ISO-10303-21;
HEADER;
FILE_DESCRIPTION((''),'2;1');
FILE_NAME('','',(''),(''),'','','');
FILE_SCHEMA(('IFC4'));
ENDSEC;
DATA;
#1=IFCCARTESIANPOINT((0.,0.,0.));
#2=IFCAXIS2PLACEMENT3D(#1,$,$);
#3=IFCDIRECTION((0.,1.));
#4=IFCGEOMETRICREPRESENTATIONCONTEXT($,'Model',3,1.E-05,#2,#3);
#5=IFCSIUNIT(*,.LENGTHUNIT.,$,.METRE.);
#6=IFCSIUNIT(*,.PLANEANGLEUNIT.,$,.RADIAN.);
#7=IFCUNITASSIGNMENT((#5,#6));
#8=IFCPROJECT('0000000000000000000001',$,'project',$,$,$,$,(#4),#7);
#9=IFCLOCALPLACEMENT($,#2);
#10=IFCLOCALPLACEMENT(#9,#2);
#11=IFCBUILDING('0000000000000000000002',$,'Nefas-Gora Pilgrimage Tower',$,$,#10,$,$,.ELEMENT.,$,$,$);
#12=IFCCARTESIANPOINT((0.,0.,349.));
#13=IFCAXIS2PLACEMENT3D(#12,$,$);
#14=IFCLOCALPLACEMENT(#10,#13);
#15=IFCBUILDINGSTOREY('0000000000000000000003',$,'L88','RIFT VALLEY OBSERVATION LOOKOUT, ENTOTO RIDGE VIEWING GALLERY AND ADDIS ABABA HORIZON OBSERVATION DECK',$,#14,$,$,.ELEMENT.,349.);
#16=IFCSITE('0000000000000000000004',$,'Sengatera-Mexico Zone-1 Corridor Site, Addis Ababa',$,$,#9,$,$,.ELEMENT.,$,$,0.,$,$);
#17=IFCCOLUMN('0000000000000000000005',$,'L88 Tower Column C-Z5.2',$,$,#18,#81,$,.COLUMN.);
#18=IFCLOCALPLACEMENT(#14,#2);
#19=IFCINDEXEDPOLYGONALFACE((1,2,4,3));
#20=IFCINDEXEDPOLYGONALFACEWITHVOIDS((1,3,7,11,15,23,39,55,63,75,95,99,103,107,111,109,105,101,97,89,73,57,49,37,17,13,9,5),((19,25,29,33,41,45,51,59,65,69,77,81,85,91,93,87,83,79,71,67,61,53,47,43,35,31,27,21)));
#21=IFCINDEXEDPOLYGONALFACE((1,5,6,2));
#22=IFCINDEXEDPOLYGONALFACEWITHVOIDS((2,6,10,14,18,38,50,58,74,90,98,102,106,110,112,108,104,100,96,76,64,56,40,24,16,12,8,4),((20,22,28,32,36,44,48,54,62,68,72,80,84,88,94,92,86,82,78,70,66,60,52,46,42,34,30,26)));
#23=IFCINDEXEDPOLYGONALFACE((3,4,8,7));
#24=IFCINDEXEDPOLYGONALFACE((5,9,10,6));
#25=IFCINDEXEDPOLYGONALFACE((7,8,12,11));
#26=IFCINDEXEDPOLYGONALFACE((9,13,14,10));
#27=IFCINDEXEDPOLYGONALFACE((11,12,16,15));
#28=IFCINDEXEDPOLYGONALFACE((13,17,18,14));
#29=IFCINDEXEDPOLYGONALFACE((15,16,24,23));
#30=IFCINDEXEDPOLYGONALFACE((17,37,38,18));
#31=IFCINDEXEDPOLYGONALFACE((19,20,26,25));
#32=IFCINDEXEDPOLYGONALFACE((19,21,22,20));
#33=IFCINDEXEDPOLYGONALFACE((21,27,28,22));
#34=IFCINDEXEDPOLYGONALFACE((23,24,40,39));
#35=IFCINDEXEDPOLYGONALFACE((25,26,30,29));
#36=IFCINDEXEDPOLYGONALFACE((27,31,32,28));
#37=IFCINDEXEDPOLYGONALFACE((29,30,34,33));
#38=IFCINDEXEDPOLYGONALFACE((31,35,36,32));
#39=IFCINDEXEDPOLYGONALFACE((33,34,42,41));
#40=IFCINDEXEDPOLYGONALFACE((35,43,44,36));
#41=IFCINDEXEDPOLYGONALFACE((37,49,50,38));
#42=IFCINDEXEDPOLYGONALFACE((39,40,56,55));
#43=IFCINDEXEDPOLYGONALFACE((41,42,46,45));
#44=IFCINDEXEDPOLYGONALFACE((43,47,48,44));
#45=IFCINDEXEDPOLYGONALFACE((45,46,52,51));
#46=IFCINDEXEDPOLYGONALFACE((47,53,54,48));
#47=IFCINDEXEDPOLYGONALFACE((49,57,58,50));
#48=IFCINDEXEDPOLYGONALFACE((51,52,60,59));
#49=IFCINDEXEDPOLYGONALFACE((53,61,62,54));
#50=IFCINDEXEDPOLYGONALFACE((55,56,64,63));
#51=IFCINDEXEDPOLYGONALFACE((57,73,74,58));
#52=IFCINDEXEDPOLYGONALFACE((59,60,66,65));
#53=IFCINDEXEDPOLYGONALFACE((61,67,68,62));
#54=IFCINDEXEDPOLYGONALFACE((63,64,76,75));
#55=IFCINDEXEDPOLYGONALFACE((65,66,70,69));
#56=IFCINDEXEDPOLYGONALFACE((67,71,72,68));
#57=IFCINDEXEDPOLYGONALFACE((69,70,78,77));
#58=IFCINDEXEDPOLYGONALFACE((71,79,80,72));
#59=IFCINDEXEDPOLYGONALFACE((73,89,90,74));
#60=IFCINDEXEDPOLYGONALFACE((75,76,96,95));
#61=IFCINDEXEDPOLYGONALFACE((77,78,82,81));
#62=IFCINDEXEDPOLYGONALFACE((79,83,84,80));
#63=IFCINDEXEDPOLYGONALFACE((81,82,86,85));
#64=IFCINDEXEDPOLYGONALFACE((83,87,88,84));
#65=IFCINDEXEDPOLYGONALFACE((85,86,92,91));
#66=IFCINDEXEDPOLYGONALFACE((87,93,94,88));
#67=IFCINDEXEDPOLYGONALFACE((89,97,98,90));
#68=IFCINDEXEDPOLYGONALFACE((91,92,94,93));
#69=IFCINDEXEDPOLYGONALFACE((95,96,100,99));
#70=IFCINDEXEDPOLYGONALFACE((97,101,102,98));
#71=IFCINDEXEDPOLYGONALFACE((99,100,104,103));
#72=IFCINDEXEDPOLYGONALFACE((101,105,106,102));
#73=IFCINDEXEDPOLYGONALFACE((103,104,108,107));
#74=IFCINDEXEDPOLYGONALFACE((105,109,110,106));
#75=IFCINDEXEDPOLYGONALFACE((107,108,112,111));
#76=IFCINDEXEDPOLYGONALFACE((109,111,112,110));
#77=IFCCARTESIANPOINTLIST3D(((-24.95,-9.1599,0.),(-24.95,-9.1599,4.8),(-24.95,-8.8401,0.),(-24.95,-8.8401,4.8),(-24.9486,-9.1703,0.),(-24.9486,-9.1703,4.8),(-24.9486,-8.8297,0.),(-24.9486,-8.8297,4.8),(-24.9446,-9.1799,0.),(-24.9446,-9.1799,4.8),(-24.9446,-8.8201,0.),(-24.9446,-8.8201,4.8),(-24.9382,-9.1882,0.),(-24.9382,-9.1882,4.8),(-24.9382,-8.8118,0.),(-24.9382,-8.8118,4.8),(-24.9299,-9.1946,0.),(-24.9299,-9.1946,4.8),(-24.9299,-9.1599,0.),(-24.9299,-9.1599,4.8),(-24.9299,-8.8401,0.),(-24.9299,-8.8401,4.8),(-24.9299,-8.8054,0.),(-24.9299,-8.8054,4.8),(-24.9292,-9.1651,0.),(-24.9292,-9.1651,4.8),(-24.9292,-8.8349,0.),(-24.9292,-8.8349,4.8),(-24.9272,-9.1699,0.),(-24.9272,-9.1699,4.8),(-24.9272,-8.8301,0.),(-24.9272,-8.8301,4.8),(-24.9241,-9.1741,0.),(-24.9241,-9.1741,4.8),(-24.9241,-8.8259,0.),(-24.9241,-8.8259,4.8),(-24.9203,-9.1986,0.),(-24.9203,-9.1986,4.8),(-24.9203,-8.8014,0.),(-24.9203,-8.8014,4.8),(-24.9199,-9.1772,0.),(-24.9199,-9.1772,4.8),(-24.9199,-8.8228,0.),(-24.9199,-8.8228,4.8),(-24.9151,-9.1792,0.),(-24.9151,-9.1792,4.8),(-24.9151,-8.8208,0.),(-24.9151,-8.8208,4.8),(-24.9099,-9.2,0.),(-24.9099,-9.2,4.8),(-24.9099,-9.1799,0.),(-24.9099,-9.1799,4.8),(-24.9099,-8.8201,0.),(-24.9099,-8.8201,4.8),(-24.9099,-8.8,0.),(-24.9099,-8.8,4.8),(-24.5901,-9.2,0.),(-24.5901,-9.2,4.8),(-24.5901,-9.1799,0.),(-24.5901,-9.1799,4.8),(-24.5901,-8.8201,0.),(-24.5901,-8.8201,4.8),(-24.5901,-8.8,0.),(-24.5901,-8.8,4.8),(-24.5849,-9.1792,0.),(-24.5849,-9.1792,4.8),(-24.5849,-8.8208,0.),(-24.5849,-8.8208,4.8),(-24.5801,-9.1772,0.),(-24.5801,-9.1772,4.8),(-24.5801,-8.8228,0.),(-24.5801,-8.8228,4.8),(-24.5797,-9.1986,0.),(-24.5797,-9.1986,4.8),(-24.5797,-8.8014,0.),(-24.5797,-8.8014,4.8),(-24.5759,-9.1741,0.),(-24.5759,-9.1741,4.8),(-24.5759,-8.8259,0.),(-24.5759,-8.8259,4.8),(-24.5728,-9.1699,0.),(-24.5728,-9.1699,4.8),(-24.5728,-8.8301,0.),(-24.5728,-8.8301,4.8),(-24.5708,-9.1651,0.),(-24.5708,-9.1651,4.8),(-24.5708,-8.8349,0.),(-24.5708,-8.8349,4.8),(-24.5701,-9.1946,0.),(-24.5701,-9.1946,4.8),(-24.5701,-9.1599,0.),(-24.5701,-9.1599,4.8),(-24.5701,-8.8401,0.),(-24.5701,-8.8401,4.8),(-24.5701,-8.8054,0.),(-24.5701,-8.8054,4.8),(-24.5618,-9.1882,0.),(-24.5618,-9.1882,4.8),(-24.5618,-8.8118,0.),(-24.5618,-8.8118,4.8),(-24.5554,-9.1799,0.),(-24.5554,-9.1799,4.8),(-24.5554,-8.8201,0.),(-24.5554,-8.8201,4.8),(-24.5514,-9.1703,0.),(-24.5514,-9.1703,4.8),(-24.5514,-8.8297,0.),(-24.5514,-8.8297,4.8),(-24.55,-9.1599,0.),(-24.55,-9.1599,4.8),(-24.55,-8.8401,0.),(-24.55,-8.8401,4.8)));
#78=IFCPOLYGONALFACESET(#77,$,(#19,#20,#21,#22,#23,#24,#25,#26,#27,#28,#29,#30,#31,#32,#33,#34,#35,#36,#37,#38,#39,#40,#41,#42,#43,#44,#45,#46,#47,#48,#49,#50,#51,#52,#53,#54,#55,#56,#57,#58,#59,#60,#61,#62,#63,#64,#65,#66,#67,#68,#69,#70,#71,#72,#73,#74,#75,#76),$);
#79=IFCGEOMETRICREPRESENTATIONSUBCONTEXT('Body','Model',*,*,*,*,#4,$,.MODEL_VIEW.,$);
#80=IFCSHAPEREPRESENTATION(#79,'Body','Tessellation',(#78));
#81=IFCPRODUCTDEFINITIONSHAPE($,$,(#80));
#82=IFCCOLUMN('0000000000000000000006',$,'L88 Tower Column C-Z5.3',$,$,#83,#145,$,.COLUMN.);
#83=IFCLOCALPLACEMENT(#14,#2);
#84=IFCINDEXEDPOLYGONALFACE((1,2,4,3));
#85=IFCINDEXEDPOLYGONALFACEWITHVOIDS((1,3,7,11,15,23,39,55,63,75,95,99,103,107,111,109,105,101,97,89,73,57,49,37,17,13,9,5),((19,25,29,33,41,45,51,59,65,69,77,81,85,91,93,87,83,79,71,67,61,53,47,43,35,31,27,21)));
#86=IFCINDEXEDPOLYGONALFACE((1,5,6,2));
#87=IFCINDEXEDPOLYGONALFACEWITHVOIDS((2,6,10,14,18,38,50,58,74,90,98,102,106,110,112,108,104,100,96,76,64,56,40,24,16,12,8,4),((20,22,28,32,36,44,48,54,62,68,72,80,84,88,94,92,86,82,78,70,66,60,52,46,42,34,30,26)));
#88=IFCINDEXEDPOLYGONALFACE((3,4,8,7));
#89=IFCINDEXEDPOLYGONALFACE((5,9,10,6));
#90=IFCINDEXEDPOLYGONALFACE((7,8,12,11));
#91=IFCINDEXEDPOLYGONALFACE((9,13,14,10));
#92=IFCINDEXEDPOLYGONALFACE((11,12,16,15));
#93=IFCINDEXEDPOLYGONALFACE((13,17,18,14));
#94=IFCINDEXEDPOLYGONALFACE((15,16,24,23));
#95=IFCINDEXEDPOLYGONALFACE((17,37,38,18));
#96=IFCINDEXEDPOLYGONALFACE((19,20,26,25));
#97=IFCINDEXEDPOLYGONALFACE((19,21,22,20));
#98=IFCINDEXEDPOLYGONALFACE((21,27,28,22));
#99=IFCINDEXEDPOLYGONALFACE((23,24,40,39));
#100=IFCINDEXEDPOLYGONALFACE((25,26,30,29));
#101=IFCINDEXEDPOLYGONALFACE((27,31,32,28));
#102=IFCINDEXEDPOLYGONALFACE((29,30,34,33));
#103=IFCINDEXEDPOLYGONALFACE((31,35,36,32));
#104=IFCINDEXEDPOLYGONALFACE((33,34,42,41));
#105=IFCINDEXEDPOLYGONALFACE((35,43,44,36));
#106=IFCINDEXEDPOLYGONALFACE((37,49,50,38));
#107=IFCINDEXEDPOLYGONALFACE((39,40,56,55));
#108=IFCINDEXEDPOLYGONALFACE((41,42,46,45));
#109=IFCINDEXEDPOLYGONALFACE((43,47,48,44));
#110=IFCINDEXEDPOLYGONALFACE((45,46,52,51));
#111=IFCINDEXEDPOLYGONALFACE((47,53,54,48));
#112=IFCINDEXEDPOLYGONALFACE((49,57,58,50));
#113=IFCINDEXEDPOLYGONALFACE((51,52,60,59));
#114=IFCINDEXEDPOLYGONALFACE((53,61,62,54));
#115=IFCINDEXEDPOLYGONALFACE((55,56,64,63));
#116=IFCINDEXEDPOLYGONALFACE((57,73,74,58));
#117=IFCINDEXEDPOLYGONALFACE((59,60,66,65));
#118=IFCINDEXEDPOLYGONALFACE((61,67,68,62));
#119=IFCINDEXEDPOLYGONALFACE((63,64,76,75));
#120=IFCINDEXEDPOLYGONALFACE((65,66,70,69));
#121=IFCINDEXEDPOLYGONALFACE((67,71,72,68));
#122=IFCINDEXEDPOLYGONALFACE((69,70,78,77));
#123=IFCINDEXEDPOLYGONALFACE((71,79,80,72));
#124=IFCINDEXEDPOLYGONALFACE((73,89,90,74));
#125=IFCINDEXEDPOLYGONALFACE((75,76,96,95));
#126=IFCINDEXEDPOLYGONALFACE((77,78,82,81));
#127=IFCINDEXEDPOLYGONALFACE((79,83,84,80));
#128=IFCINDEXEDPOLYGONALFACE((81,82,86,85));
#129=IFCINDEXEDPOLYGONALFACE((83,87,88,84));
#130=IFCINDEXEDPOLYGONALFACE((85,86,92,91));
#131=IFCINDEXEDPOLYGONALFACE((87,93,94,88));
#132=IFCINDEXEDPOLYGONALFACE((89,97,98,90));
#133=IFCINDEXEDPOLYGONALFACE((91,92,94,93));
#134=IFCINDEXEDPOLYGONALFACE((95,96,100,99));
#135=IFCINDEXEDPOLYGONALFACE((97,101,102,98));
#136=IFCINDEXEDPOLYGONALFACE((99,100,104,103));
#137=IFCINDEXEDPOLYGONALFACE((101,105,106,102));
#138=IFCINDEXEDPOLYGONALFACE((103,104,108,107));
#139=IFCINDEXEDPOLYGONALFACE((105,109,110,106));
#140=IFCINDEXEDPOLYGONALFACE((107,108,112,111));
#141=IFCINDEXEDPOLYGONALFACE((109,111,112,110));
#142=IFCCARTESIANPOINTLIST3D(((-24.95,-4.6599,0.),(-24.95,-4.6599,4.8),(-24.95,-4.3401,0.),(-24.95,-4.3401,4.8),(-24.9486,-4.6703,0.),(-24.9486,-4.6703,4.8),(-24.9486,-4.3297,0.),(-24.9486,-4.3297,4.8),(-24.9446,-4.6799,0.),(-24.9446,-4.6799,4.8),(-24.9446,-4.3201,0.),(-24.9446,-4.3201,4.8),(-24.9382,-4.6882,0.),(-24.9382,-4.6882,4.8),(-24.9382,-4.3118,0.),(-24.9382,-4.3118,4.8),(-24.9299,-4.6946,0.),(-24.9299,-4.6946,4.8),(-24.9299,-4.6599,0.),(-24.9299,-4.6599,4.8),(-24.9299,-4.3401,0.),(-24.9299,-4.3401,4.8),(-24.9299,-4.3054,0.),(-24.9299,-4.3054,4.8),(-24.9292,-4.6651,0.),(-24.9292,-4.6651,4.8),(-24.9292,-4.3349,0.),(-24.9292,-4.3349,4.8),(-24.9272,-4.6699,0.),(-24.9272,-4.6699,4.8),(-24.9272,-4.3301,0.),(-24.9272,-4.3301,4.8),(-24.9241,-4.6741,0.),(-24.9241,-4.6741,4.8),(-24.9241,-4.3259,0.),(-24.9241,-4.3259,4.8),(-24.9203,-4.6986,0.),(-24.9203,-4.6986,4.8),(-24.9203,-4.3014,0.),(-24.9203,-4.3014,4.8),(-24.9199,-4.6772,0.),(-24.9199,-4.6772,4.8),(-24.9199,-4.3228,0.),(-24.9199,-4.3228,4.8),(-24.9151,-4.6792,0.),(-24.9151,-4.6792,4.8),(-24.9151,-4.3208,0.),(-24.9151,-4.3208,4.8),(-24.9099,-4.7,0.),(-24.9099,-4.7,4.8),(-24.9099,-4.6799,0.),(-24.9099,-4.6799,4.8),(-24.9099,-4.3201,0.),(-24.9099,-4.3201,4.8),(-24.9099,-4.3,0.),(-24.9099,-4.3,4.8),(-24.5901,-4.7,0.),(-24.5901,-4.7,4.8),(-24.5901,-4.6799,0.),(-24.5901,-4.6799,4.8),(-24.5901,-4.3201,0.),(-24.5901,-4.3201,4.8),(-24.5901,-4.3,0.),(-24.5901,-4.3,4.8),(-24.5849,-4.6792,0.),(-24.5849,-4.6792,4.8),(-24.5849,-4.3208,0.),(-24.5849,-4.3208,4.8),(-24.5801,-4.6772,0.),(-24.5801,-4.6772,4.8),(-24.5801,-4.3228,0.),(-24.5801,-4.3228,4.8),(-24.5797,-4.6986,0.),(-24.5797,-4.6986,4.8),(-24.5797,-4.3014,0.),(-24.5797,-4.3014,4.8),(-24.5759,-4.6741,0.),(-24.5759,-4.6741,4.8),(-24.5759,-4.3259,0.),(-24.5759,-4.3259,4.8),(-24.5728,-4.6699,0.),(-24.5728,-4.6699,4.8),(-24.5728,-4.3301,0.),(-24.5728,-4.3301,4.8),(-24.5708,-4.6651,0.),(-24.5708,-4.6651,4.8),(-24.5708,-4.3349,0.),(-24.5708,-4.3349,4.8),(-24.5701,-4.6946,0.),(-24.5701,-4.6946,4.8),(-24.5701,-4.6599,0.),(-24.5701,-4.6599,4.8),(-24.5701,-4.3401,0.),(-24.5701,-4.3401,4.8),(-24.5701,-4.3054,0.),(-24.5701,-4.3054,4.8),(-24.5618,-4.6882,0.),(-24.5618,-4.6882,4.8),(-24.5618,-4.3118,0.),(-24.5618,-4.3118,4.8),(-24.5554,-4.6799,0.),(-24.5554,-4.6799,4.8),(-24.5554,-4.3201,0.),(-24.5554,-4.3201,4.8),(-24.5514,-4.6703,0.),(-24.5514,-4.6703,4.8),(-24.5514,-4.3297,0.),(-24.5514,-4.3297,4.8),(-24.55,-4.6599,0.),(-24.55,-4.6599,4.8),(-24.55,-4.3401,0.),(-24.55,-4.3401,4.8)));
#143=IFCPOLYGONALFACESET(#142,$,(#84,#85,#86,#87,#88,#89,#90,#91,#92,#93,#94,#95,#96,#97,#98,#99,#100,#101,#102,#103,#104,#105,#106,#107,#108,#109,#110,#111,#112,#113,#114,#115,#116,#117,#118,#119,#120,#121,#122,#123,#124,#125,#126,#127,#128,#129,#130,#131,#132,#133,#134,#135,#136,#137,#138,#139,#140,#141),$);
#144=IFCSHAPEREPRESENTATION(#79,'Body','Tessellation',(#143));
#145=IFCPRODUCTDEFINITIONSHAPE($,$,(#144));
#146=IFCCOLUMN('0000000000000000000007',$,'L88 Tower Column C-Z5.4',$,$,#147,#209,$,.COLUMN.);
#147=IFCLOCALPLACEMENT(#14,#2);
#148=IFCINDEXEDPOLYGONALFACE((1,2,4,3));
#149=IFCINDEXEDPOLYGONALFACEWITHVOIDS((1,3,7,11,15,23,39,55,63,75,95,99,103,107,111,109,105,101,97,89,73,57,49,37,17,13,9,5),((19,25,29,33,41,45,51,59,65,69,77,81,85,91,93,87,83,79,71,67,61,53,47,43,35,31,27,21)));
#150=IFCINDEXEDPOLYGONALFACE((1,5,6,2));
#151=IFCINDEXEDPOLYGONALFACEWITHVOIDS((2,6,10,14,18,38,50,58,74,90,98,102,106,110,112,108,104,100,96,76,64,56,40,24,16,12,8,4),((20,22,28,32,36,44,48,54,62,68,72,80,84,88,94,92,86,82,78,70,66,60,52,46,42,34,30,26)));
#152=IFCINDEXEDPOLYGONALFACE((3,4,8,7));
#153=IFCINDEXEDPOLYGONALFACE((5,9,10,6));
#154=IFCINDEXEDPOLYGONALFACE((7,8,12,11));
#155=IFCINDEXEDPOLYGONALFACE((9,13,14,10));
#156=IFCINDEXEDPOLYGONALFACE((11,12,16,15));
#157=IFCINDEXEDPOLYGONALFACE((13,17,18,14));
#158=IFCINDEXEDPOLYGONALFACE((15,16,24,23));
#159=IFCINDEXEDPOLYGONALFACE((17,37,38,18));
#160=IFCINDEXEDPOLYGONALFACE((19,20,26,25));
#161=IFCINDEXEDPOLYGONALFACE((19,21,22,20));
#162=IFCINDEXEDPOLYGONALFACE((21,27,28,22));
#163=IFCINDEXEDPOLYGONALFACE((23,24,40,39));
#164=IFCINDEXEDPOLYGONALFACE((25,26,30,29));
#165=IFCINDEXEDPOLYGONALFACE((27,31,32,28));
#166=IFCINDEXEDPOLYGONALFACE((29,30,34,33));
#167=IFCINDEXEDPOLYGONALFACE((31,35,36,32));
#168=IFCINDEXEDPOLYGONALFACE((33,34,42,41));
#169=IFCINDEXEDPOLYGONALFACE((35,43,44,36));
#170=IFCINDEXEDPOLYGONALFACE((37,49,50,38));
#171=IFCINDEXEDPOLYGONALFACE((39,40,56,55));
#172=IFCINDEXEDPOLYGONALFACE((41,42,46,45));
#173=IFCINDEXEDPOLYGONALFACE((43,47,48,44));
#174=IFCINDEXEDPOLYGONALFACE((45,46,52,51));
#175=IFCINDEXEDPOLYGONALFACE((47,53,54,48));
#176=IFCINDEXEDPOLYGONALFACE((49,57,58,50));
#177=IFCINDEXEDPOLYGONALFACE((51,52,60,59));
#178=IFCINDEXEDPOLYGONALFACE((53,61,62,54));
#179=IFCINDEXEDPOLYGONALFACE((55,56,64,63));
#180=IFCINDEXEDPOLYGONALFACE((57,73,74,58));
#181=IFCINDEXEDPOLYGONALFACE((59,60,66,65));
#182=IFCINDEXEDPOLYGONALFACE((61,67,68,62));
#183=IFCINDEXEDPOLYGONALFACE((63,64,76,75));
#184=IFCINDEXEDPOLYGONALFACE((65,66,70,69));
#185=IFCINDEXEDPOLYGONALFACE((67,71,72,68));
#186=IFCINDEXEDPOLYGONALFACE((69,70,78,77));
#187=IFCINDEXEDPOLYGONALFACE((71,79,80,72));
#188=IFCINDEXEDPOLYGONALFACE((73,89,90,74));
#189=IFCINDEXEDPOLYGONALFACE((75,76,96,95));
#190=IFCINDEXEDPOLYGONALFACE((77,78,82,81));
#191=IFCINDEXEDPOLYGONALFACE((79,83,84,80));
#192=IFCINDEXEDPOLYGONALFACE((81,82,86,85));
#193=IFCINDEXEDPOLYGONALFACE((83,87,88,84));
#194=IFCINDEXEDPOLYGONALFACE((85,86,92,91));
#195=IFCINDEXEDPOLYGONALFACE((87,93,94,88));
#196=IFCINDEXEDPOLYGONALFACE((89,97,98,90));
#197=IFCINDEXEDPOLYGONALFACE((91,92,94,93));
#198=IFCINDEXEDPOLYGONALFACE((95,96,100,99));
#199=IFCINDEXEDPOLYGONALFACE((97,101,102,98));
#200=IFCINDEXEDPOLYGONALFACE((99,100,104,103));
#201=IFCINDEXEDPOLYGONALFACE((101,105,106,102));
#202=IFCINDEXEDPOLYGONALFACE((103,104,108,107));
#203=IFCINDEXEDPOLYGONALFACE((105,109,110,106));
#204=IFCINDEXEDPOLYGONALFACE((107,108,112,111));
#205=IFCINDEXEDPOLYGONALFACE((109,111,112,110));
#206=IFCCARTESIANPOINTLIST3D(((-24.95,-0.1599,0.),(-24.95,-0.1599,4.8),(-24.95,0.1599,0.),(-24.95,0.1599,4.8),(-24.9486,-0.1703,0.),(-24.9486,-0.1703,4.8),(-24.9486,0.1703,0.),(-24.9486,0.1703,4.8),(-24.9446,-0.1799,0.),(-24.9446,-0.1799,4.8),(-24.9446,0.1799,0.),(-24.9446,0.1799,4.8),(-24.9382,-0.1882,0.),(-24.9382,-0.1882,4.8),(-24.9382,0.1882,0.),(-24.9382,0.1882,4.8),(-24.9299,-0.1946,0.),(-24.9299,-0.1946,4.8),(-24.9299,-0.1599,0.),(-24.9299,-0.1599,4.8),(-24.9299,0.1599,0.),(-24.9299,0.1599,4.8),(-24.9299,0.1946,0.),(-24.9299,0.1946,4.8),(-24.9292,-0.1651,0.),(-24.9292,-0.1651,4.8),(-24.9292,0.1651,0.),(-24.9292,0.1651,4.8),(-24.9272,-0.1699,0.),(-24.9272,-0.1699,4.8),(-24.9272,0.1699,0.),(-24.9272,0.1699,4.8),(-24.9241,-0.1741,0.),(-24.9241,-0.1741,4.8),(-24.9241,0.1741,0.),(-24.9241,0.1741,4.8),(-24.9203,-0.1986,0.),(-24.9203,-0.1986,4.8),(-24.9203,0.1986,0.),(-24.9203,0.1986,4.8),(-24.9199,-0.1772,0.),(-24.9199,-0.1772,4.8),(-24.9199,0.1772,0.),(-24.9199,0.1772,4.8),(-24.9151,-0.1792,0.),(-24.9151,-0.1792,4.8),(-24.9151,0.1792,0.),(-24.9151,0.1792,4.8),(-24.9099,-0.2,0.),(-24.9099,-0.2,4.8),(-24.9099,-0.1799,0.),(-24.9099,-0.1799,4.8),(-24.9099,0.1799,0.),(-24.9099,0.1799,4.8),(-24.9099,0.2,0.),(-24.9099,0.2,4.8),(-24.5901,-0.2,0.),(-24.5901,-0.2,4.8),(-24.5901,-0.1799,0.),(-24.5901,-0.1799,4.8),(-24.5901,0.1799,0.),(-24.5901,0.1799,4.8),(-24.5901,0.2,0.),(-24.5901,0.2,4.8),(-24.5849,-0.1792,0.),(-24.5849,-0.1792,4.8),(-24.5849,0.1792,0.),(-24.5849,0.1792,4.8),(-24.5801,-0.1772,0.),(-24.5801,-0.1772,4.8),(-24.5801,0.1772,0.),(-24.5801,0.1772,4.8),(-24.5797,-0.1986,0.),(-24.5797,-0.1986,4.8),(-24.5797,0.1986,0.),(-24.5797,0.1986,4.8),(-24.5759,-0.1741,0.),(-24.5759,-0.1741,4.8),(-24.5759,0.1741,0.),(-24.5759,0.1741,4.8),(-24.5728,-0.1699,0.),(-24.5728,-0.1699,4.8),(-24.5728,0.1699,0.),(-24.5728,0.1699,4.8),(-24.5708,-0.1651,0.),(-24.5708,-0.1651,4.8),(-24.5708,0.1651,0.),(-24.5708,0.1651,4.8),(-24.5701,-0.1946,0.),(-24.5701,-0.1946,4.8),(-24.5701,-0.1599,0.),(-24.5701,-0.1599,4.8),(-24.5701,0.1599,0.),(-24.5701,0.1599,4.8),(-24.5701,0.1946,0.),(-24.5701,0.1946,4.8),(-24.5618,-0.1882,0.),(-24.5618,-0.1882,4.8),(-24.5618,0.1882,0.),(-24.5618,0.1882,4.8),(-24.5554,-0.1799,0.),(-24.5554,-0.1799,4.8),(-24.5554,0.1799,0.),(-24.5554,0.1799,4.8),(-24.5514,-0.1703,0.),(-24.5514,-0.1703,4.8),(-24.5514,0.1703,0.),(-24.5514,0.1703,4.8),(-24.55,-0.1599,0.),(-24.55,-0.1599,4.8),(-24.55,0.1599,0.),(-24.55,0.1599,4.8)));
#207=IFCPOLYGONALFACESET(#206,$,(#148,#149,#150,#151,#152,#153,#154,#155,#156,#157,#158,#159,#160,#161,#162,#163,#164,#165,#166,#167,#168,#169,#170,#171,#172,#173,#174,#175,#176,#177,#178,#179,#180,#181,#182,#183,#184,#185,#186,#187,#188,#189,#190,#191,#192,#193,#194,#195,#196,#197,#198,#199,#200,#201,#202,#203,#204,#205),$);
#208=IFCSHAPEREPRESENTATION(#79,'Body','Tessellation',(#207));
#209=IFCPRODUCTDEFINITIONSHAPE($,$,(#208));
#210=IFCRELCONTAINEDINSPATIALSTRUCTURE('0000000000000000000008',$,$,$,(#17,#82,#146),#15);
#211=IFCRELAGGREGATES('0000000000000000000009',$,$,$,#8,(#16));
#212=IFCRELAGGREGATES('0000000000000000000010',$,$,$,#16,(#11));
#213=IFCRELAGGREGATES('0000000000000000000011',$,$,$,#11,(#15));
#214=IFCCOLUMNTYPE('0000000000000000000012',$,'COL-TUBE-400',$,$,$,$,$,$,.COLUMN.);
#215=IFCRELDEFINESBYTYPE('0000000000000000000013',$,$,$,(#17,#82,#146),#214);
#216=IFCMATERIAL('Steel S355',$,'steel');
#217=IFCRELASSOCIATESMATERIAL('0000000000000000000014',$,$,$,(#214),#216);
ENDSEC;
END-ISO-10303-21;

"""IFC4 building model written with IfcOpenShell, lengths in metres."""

from ifc_helpers import new_model, si_unit, direction, frame, origin, origin_2d, place, context, subcontext, project, spatial, hollow_rectangle, extrude, source, transform, mapped, material, material_profile, profile_set, type_object, element, save


model = new_model("IFC4")

# Units and contexts
model_context = context("Model", 3, precision=1e-05, world=origin(), true_north=direction((0.0, 1.0)))
body_context = subcontext(model_context, "Body", "Model", "MODEL_VIEW")
ifc_project = project(units=[si_unit("LENGTHUNIT", "METRE"), si_unit("PLANEANGLEUNIT", "RADIAN")], contexts=[model_context])

# Site, building, storey
site_placement = place(None, origin())
site = spatial("IfcSite", under=ifc_project, at=site_placement, Name="Sengatera-Mexico Zone-1 Corridor Site, Addis Ababa", CompositionType="ELEMENT", RefElevation=0.0)
building_placement = place(site_placement, origin())
building = spatial("IfcBuilding", under=site, at=building_placement, Name="Nefas-Gora Pilgrimage Tower", CompositionType="ELEMENT")
storey_placement = place(building_placement, frame((0.0, 0.0, 349.0)))
storey = spatial("IfcBuildingStorey", under=building, at=storey_placement, Name="L88", Description="RIFT VALLEY OBSERVATION LOOKOUT, ENTOTO RIDGE VIEWING GALLERY AND ADDIS ABABA HORIZON OBSERVATION DECK", CompositionType="ELEMENT", Elevation=349.0)

# Columns
ifc_material_1 = material(Name="Steel S355", Category="steel")
ifc_material_profile_1 = material_profile(ifc_material_1, hollow_rectangle(XDim=0.3999, YDim=0.3999, WallThickness=0.02, InnerFilletRadius=0.02, OuterFilletRadius=0.04, at=origin_2d()), Name="SHS 400x400x20")
ifc_profile_set_1 = profile_set([ifc_material_profile_1], Name="Steel S355")
column_type_1 = type_object("IfcColumnType", Name="COL-TUBE-400", PredefinedType="COLUMN", material=ifc_profile_set_1)
shared_shape_1 = source(origin(), body_context, "Body", "SweptSolid", [
    extrude(hollow_rectangle(XDim=0.3999, YDim=0.3999, WallThickness=0.02, InnerFilletRadius=0.02, OuterFilletRadius=0.04, at=origin_2d()), origin(), (0.0, 0.0, 1.0), 4.8),
])
for number, where, z_axis, x_axis, name in (
    (1, (-24.75, -9.0, 0.0), (0.0, 0.0, 1.0), (1.0, 0.0, 0.0), "L88 Tower Column C-Z5.2"),
    (2, (-24.75, -4.5, 0.0), (0.0, 0.0, 1.0), (1.0, 0.0, 0.0), "L88 Tower Column C-Z5.3"),
    (3, (-24.75, 0.0, 0.0), (0.0, 0.0, 1.0), (1.0, 0.0, 0.0), "L88 Tower Column C-Z5.4"),
):
    element("IfcColumn", number, at=place(storey_placement, frame(where, z_axis=z_axis, x_axis=x_axis)), inside=storey, type_object=column_type_1, Name=name, PredefinedType="COLUMN", context=body_context, shape_type="MappedRepresentation", body=[
        mapped(shared_shape_1, transform((0.0, 0.0, 0.0), x_axis=(1.0, 0.0, 0.0), y_axis=(0.0, 1.0, 0.0), z_axis=(0.0, 0.0, 1.0), scale=1.0)),
    ])

save(model, "model.ifc")
